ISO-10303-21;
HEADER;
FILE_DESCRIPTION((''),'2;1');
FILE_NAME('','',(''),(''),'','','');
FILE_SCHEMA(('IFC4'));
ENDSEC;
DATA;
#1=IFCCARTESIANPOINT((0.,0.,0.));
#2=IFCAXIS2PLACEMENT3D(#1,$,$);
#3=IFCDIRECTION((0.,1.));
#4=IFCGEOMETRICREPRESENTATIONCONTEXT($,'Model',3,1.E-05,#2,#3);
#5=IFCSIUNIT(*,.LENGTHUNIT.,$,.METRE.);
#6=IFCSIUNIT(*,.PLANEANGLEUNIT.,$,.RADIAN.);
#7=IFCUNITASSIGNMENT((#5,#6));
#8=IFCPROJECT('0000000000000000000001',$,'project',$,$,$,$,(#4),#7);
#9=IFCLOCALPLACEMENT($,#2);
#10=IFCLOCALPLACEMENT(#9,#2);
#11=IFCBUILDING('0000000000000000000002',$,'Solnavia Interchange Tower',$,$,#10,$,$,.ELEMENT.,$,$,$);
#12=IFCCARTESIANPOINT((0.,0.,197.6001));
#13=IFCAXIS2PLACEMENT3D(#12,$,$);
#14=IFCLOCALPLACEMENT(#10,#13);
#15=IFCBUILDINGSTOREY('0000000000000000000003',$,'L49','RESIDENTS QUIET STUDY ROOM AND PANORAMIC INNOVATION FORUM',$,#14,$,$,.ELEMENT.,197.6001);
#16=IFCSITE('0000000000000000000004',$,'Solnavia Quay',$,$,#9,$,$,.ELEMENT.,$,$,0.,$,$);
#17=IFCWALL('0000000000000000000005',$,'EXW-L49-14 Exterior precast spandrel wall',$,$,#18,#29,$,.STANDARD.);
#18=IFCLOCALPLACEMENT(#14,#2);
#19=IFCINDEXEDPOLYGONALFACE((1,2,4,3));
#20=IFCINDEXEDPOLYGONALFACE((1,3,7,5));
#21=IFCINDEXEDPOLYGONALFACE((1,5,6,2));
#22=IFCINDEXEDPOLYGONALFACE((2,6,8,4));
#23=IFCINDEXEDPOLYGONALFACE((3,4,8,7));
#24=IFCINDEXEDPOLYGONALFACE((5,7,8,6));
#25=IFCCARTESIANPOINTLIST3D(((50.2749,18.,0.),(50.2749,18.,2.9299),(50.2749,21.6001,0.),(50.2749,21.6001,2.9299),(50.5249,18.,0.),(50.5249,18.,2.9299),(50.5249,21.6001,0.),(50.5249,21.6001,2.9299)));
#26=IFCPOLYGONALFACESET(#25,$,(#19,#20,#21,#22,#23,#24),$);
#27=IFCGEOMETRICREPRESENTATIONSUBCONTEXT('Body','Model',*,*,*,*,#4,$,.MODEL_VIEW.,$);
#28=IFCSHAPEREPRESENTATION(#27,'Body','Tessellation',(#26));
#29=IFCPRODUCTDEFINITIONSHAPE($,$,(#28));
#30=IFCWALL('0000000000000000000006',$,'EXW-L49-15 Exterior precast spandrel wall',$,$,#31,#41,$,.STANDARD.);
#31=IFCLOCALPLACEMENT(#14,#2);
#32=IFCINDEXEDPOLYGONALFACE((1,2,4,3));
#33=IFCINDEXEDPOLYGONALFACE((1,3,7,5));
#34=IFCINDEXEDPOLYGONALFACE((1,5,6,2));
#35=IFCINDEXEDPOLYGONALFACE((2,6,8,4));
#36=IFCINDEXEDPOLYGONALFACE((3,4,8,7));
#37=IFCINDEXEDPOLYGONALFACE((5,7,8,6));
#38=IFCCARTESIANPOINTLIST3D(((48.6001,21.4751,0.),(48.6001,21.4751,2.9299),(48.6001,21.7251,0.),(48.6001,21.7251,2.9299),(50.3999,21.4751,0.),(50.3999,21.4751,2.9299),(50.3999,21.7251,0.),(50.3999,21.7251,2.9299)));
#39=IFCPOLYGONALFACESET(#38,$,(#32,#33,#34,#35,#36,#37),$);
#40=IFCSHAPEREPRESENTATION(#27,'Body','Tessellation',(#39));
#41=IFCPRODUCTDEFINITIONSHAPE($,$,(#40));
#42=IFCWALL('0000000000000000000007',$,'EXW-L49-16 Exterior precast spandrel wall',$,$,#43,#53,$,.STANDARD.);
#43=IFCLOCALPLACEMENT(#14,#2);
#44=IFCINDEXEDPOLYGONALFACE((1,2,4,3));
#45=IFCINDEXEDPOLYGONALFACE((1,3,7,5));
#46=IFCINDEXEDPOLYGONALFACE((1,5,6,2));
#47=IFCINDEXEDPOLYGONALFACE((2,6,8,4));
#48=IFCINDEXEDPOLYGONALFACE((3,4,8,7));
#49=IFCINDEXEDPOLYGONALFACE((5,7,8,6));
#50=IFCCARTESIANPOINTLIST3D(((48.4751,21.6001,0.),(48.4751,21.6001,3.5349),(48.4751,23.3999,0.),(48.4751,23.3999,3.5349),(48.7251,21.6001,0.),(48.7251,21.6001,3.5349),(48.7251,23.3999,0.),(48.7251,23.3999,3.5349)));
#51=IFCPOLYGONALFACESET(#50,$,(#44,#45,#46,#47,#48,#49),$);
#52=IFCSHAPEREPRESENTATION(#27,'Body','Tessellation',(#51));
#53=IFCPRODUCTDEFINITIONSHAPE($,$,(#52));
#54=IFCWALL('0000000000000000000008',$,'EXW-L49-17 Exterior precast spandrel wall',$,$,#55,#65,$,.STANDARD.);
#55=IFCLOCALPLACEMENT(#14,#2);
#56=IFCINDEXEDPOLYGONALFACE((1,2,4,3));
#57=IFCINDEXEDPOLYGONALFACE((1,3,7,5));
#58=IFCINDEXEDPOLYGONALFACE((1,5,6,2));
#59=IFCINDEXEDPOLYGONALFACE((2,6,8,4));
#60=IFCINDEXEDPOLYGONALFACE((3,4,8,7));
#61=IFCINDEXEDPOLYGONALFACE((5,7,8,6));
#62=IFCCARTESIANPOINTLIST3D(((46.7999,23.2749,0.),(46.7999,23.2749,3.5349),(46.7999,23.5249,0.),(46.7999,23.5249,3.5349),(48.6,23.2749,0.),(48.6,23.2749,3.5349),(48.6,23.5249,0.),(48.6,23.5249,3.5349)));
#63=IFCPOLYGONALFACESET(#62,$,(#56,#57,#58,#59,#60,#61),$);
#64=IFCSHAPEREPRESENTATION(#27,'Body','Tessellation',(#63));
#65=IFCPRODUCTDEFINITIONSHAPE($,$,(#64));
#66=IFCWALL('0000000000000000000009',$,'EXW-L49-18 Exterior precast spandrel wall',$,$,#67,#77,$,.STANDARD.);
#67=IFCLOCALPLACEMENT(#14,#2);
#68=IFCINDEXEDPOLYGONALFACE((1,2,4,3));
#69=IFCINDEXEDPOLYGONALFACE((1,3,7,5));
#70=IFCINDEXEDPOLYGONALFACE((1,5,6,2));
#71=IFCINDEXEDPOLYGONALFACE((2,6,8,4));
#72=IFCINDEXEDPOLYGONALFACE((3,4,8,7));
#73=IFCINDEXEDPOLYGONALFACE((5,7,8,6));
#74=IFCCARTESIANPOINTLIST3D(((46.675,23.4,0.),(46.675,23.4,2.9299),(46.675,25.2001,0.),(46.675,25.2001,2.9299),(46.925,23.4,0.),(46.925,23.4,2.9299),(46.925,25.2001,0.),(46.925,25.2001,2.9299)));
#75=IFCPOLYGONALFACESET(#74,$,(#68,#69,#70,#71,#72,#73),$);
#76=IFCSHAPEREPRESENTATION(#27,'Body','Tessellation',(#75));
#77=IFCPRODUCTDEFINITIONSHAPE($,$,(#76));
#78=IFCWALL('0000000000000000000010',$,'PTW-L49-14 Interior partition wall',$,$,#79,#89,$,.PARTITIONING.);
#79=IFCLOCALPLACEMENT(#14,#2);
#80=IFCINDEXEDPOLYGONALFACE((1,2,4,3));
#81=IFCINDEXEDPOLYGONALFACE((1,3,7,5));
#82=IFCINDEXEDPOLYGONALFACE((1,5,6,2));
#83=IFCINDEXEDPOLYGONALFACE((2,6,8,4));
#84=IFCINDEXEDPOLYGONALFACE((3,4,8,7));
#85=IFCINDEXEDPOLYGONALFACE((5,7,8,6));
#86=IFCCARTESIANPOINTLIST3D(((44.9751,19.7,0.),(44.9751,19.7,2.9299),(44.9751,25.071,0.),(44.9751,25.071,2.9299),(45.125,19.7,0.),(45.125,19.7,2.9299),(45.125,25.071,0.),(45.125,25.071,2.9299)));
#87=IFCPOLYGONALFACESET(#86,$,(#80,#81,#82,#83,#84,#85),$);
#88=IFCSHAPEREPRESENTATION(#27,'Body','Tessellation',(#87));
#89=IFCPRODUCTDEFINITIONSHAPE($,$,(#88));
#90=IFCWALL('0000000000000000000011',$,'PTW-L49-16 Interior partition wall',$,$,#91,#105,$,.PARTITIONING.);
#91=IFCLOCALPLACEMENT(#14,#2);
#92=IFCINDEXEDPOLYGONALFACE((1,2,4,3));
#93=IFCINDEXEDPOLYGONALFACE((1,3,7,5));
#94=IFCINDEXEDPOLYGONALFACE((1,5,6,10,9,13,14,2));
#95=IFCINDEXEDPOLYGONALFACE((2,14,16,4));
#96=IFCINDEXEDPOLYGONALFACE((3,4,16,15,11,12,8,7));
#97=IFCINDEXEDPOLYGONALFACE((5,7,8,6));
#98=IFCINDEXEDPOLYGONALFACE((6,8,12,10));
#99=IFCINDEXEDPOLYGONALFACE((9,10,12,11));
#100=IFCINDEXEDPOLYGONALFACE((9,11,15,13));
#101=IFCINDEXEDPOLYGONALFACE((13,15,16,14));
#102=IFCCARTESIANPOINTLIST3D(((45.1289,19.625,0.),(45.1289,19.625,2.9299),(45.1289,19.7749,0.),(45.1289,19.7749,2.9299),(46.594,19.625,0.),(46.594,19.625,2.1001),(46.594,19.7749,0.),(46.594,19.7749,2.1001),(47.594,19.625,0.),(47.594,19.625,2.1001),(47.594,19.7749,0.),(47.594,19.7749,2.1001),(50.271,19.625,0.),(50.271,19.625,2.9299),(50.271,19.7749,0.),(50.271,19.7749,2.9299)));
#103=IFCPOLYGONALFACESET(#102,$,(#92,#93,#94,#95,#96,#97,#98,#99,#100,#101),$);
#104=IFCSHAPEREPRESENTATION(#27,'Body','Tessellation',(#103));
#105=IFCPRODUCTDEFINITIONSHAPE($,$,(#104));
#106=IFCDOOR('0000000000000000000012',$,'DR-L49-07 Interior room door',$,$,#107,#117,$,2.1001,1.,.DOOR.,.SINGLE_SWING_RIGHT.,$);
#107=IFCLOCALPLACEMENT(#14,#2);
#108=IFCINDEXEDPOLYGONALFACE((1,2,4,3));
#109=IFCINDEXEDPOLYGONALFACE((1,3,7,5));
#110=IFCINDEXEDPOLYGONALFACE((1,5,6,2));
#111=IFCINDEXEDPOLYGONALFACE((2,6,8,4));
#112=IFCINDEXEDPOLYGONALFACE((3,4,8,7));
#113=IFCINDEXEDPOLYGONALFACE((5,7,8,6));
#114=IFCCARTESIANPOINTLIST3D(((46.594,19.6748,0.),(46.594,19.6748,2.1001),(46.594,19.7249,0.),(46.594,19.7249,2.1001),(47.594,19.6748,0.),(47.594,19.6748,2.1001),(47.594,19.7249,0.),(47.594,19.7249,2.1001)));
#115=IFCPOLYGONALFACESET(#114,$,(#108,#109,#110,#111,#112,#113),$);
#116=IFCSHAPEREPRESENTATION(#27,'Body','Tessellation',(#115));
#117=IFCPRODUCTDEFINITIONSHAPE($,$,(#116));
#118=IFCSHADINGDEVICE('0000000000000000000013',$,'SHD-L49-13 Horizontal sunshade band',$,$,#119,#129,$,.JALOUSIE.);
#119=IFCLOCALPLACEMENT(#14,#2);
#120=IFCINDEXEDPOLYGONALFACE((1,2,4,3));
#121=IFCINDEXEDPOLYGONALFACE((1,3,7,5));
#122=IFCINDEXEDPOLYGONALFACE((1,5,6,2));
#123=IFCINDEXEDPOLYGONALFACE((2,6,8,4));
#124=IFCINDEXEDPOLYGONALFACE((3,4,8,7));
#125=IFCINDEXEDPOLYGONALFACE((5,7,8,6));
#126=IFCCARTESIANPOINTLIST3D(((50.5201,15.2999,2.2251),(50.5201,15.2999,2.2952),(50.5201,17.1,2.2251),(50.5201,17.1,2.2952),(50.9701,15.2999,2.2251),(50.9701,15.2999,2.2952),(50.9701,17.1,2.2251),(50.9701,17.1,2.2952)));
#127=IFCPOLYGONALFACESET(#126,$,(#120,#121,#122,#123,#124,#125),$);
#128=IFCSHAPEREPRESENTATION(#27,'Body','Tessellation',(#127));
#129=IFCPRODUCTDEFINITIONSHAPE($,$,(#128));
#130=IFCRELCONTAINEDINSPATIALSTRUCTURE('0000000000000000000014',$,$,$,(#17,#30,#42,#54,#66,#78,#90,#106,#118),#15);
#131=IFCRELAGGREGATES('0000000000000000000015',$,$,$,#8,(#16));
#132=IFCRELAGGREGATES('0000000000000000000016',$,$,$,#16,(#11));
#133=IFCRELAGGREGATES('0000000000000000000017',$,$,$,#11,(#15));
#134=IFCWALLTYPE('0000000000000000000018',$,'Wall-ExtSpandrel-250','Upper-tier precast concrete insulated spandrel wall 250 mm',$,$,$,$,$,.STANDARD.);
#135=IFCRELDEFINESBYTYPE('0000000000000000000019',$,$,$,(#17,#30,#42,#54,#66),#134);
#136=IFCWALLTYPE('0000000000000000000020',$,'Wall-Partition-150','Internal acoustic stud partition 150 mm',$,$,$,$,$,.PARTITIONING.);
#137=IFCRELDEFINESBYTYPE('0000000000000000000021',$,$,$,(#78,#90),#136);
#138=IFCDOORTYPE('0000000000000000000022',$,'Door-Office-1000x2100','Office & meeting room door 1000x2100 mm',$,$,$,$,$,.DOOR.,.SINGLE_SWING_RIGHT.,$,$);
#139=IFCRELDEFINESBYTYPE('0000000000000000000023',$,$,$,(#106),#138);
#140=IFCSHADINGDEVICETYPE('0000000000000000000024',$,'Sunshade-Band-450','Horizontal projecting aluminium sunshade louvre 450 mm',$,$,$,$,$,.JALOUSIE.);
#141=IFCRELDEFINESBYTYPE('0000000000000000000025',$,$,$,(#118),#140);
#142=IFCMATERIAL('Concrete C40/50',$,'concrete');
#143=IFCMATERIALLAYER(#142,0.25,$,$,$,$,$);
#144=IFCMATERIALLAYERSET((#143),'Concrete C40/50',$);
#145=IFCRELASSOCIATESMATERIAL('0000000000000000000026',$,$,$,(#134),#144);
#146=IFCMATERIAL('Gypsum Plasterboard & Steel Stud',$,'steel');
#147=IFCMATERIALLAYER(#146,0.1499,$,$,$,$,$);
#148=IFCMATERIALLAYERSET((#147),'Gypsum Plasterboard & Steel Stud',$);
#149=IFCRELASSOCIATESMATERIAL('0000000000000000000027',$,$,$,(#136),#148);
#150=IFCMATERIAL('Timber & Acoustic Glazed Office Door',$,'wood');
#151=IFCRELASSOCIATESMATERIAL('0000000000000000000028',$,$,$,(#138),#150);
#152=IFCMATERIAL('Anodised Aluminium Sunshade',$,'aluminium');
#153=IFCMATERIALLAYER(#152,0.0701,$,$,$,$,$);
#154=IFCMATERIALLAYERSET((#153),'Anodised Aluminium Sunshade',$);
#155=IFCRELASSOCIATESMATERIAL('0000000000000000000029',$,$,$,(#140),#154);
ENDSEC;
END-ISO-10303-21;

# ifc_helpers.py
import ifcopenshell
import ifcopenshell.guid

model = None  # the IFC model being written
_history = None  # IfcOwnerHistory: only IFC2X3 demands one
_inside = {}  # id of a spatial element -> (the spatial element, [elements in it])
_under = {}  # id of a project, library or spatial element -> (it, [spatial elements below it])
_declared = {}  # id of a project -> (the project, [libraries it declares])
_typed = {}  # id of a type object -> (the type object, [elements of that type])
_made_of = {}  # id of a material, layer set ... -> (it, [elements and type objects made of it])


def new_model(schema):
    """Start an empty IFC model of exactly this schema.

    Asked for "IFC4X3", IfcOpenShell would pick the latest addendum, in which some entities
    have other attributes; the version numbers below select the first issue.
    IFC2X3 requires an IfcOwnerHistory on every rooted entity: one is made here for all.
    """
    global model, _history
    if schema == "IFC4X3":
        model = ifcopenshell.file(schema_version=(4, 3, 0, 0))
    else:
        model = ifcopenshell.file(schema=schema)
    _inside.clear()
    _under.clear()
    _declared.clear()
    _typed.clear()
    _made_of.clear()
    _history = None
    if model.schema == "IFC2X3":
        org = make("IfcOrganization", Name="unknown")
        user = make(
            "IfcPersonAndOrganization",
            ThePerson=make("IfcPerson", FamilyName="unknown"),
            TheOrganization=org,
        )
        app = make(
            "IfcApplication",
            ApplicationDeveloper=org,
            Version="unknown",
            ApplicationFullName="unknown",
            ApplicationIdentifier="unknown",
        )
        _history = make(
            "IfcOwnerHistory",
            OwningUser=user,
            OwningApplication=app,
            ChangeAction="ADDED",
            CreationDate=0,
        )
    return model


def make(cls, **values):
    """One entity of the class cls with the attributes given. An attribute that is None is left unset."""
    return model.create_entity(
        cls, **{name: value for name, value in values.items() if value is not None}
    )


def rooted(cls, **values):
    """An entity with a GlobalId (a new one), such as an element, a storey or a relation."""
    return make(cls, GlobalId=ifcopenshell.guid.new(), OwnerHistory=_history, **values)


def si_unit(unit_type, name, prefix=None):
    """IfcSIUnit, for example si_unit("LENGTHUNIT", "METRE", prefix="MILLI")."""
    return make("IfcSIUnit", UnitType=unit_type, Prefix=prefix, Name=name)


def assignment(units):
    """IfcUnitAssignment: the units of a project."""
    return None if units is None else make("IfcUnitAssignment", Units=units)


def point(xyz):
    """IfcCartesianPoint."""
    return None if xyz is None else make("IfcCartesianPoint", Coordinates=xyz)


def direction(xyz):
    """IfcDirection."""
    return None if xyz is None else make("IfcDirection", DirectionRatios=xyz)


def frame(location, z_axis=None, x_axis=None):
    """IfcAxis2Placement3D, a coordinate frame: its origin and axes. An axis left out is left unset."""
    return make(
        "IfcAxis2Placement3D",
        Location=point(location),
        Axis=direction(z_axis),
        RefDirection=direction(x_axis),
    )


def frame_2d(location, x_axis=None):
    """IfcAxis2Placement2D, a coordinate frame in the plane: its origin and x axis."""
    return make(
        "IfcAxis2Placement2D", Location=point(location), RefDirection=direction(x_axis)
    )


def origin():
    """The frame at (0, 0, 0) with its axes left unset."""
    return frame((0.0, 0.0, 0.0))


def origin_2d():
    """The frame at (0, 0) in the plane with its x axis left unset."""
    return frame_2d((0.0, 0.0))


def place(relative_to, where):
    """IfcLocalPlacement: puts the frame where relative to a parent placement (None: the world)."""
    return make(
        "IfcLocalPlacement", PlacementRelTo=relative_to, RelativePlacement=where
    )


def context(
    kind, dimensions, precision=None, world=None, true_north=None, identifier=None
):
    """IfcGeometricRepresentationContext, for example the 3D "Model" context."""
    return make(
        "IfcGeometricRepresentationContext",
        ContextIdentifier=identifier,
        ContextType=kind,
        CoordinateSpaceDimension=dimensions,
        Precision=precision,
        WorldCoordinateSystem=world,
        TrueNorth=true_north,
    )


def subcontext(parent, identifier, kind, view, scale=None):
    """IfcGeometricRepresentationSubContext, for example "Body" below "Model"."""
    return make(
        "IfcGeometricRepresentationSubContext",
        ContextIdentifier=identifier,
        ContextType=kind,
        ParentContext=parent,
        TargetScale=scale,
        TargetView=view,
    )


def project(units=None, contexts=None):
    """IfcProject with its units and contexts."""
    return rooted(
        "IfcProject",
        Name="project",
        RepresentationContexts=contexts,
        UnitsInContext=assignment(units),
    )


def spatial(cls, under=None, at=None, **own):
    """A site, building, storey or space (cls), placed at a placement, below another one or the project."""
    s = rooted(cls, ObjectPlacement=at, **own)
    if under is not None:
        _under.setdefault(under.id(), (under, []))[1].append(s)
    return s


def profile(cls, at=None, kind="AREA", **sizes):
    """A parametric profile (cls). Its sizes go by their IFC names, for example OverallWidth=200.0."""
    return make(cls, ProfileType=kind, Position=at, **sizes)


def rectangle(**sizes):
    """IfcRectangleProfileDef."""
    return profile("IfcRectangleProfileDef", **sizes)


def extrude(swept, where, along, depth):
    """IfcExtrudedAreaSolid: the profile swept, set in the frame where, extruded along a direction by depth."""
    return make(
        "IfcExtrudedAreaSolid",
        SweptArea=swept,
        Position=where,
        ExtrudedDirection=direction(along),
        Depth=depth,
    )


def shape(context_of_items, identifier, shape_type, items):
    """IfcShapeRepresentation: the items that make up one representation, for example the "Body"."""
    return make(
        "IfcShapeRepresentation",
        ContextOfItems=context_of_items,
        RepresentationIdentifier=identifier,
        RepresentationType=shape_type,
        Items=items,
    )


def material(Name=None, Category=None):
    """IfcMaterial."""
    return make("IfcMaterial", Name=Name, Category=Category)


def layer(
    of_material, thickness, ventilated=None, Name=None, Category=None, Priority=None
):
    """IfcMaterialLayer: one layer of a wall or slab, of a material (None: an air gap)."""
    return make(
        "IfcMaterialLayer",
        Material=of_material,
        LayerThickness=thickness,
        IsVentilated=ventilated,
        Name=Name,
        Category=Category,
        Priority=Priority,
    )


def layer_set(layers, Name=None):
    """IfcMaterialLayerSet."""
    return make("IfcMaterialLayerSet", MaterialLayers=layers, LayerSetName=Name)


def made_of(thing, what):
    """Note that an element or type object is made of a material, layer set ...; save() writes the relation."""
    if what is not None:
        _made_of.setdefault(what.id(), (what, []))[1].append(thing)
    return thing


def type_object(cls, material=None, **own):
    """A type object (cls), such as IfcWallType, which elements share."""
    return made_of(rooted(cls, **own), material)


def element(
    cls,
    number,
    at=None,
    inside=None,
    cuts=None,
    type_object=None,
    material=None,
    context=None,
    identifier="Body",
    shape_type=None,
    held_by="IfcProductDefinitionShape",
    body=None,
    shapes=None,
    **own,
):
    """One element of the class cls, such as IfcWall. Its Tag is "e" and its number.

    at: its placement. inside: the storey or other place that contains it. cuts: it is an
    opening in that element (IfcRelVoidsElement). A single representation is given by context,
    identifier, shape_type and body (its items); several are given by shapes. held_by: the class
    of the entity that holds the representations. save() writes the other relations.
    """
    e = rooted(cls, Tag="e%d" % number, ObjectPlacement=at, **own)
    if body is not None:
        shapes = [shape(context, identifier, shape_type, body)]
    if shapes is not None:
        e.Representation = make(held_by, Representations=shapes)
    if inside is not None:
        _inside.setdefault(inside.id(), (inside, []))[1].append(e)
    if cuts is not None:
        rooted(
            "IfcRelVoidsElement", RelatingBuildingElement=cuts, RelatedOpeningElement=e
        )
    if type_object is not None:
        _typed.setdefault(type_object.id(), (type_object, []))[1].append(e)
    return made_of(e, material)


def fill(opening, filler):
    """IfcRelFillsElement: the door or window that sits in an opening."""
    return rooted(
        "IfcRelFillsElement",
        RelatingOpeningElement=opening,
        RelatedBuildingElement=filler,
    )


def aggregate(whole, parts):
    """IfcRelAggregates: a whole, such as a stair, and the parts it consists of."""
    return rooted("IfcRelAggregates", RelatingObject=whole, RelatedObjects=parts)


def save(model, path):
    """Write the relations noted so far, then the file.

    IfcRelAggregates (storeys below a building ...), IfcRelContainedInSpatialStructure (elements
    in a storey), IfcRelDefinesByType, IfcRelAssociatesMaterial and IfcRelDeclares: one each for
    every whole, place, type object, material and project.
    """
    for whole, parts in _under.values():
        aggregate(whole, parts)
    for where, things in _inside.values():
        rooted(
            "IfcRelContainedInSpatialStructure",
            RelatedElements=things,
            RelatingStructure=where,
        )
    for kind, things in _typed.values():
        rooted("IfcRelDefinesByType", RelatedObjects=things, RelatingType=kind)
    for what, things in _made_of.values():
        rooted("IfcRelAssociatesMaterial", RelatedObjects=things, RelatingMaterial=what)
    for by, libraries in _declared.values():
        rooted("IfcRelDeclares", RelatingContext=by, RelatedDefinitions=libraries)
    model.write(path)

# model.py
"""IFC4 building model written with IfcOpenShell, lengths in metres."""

from ifc_helpers import new_model, si_unit, direction, frame, frame_2d, origin, origin_2d, place, context, subcontext, project, spatial, rectangle, extrude, material, layer, layer_set, type_object, element, fill, save


model = new_model("IFC4")

# Units and contexts
model_context = context("Model", 3, precision=1e-05, world=origin(), true_north=direction((0.0, 1.0)))
body_context = subcontext(model_context, "Body", "Model", "MODEL_VIEW")
ifc_project = project(units=[si_unit("LENGTHUNIT", "METRE"), si_unit("PLANEANGLEUNIT", "RADIAN")], contexts=[model_context])

# Site, building, storey
site_placement = place(None, origin())
site = spatial("IfcSite", under=ifc_project, at=site_placement, Name="Solnavia Quay", CompositionType="ELEMENT", RefElevation=0.0)
building_placement = place(site_placement, origin())
building = spatial("IfcBuilding", under=site, at=building_placement, Name="Solnavia Interchange Tower", CompositionType="ELEMENT")
storey_placement = place(building_placement, frame((0.0, 0.0, 197.6001)))
storey = spatial("IfcBuildingStorey", under=building, at=storey_placement, Name="L49", Description="RESIDENTS QUIET STUDY ROOM AND PANORAMIC INNOVATION FORUM", CompositionType="ELEMENT", Elevation=197.6001)

# Shared definitions
ifc_material_1 = material(Name="Concrete C40/50", Category="concrete")
ifc_layer_1 = layer(ifc_material_1, 0.25)
ifc_layer_set_1 = layer_set([ifc_layer_1], Name="Concrete C40/50")
wall_type_1 = type_object("IfcWallType", Name="Wall-ExtSpandrel-250", Description="Upper-tier precast concrete insulated spandrel wall 250 mm", PredefinedType="STANDARD", material=ifc_layer_set_1)

# Walls
wall_1_placement = place(storey_placement, frame((50.3999, 21.6001, 0.0), z_axis=(0.0, 0.0, 1.0), x_axis=(0.0, -1.0, 0.0)))
element("IfcWall", 1, at=wall_1_placement, inside=storey, type_object=wall_type_1, Name="EXW-L49-14 Exterior precast spandrel wall", PredefinedType="STANDARD", context=body_context, shape_type="SweptSolid", body=[
    extrude(rectangle(XDim=3.6001, YDim=0.25, at=frame_2d((1.8, 0.0))), origin(), (0.0, 0.0, 1.0), 2.9299),
])
wall_2_placement = place(storey_placement, frame((48.6001, 21.6001, 0.0), z_axis=(0.0, 0.0, 1.0), x_axis=(1.0, 0.0, 0.0)))
element("IfcWall", 2, at=wall_2_placement, inside=storey, type_object=wall_type_1, Name="EXW-L49-15 Exterior precast spandrel wall", PredefinedType="STANDARD", context=body_context, shape_type="SweptSolid", body=[
    extrude(rectangle(XDim=1.7998, YDim=0.25, at=frame_2d((0.8999, 0.0))), origin(), (0.0, 0.0, 1.0), 2.9299),
])
wall_3_placement = place(storey_placement, frame((48.6001, 23.3999, 0.0), z_axis=(0.0, 0.0, 1.0), x_axis=(0.0, -1.0, 0.0)))
element("IfcWall", 3, at=wall_3_placement, inside=storey, type_object=wall_type_1, Name="EXW-L49-16 Exterior precast spandrel wall", PredefinedType="STANDARD", context=body_context, shape_type="SweptSolid", body=[
    extrude(rectangle(XDim=1.7998, YDim=0.25, at=frame_2d((0.8999, 0.0))), origin(), (0.0, 0.0, 1.0), 3.5349),
])
wall_4_placement = place(storey_placement, frame((46.8, 23.3999, 0.0), z_axis=(0.0, 0.0, 1.0), x_axis=(1.0, 0.0, 0.0)))
element("IfcWall", 4, at=wall_4_placement, inside=storey, type_object=wall_type_1, Name="EXW-L49-17 Exterior precast spandrel wall", PredefinedType="STANDARD", context=body_context, shape_type="SweptSolid", body=[
    extrude(rectangle(XDim=1.8, YDim=0.25, at=frame_2d((0.8999, 0.0))), origin(), (0.0, 0.0, 1.0), 3.5349),
])
wall_5_placement = place(storey_placement, frame((46.8, 25.2, 0.0), z_axis=(0.0, 0.0, 1.0), x_axis=(0.0, -1.0, 0.0)))
element("IfcWall", 5, at=wall_5_placement, inside=storey, type_object=wall_type_1, Name="EXW-L49-18 Exterior precast spandrel wall", PredefinedType="STANDARD", context=body_context, shape_type="SweptSolid", body=[
    extrude(rectangle(XDim=1.8, YDim=0.25, at=frame_2d((0.8999, 0.0))), origin(), (0.0, 0.0, 1.0), 2.9299),
])
ifc_material_2 = material(Name="Gypsum Plasterboard & Steel Stud", Category="steel")
ifc_layer_2 = layer(ifc_material_2, 0.1499)
ifc_layer_set_2 = layer_set([ifc_layer_2], Name="Gypsum Plasterboard & Steel Stud")
wall_type_2 = type_object("IfcWallType", Name="Wall-Partition-150", Description="Internal acoustic stud partition 150 mm", PredefinedType="PARTITIONING", material=ifc_layer_set_2)
wall_6_placement = place(storey_placement, frame((45.05, 19.7, 0.0), z_axis=(0.0, 0.0, 1.0), x_axis=(0.0, 1.0, 0.0)))
element("IfcWall", 6, at=wall_6_placement, inside=storey, type_object=wall_type_2, Name="PTW-L49-14 Interior partition wall", PredefinedType="PARTITIONING", context=body_context, shape_type="SweptSolid", body=[
    extrude(rectangle(XDim=5.3711, YDim=0.1499, at=frame_2d((2.6855, 0.0))), origin(), (0.0, 0.0, 1.0), 2.9299),
])

# Wall, opening, door
wall_7_placement = place(storey_placement, frame((45.1289, 19.7, 0.0), z_axis=(0.0, 0.0, 1.0), x_axis=(1.0, 0.0, 0.0)))
wall_7 = element("IfcWall", 7, at=wall_7_placement, inside=storey, type_object=wall_type_2, Name="PTW-L49-16 Interior partition wall", PredefinedType="PARTITIONING", context=body_context, shape_type="SweptSolid", body=[
    extrude(rectangle(XDim=5.1421, YDim=0.1499, at=frame_2d((2.571, 0.0))), origin(), (0.0, 0.0, 1.0), 2.9299),
])
opening_1_placement = place(wall_7_placement, frame((1.4651, 0.0, 0.0)))
opening_1 = element("IfcOpeningElement", 8, at=opening_1_placement, cuts=wall_7, PredefinedType="OPENING", context=body_context, shape_type="SweptSolid", body=[
    extrude(rectangle(XDim=1.0, YDim=2.1001, at=frame_2d((0.5, 1.05))), frame((0.0, 0.085, 0.0), z_axis=(0.0, -1.0, 0.0), x_axis=(1.0, 0.0, 0.0)), (0.0, 0.0, 1.0), 0.1699),
])
ifc_material_3 = material(Name="Timber & Acoustic Glazed Office Door", Category="wood")
door_type = type_object("IfcDoorType", Name="Door-Office-1000x2100", Description="Office & meeting room door 1000x2100 mm", OperationType="SINGLE_SWING_RIGHT", PredefinedType="DOOR", material=ifc_material_3)
door_placement = place(opening_1_placement, origin())
door = element("IfcDoor", 9, at=door_placement, inside=storey, type_object=door_type, Name="DR-L49-07 Interior room door", OperationType="SINGLE_SWING_RIGHT", OverallHeight=2.1001, OverallWidth=1.0, PredefinedType="DOOR", context=body_context, shape_type="SweptSolid", body=[
    extrude(rectangle(XDim=1.0, YDim=2.1001, at=frame_2d((0.5, 1.05))), frame((0.0, 0.0249, 0.0), z_axis=(0.0, -1.0, 0.0), x_axis=(1.0, 0.0, 0.0)), (0.0, 0.0, 1.0), 0.05),
])
fill(opening_1, door)

# Shading device
ifc_material_4 = material(Name="Anodised Aluminium Sunshade", Category="aluminium")
ifc_layer_3 = layer(ifc_material_4, 0.0701)
ifc_layer_set_3 = layer_set([ifc_layer_3], Name="Anodised Aluminium Sunshade")
shading_device_type = type_object("IfcShadingDeviceType", Name="Sunshade-Band-450", Description="Horizontal projecting aluminium sunshade louvre 450 mm", PredefinedType="JALOUSIE", material=ifc_layer_set_3)
shading_device_placement = place(storey_placement, frame((50.7451, 16.2, 2.2251), z_axis=(0.0, 0.0, 1.0), x_axis=(0.0, -1.0, 0.0)))
element("IfcShadingDevice", 10, at=shading_device_placement, inside=storey, type_object=shading_device_type, Name="SHD-L49-13 Horizontal sunshade band", PredefinedType="JALOUSIE", context=body_context, shape_type="SweptSolid", body=[
    extrude(rectangle(XDim=1.8, YDim=0.45, at=origin_2d()), origin(), (0.0, 0.0, 1.0), 0.0701),
])

save(model, "model.ifc")
